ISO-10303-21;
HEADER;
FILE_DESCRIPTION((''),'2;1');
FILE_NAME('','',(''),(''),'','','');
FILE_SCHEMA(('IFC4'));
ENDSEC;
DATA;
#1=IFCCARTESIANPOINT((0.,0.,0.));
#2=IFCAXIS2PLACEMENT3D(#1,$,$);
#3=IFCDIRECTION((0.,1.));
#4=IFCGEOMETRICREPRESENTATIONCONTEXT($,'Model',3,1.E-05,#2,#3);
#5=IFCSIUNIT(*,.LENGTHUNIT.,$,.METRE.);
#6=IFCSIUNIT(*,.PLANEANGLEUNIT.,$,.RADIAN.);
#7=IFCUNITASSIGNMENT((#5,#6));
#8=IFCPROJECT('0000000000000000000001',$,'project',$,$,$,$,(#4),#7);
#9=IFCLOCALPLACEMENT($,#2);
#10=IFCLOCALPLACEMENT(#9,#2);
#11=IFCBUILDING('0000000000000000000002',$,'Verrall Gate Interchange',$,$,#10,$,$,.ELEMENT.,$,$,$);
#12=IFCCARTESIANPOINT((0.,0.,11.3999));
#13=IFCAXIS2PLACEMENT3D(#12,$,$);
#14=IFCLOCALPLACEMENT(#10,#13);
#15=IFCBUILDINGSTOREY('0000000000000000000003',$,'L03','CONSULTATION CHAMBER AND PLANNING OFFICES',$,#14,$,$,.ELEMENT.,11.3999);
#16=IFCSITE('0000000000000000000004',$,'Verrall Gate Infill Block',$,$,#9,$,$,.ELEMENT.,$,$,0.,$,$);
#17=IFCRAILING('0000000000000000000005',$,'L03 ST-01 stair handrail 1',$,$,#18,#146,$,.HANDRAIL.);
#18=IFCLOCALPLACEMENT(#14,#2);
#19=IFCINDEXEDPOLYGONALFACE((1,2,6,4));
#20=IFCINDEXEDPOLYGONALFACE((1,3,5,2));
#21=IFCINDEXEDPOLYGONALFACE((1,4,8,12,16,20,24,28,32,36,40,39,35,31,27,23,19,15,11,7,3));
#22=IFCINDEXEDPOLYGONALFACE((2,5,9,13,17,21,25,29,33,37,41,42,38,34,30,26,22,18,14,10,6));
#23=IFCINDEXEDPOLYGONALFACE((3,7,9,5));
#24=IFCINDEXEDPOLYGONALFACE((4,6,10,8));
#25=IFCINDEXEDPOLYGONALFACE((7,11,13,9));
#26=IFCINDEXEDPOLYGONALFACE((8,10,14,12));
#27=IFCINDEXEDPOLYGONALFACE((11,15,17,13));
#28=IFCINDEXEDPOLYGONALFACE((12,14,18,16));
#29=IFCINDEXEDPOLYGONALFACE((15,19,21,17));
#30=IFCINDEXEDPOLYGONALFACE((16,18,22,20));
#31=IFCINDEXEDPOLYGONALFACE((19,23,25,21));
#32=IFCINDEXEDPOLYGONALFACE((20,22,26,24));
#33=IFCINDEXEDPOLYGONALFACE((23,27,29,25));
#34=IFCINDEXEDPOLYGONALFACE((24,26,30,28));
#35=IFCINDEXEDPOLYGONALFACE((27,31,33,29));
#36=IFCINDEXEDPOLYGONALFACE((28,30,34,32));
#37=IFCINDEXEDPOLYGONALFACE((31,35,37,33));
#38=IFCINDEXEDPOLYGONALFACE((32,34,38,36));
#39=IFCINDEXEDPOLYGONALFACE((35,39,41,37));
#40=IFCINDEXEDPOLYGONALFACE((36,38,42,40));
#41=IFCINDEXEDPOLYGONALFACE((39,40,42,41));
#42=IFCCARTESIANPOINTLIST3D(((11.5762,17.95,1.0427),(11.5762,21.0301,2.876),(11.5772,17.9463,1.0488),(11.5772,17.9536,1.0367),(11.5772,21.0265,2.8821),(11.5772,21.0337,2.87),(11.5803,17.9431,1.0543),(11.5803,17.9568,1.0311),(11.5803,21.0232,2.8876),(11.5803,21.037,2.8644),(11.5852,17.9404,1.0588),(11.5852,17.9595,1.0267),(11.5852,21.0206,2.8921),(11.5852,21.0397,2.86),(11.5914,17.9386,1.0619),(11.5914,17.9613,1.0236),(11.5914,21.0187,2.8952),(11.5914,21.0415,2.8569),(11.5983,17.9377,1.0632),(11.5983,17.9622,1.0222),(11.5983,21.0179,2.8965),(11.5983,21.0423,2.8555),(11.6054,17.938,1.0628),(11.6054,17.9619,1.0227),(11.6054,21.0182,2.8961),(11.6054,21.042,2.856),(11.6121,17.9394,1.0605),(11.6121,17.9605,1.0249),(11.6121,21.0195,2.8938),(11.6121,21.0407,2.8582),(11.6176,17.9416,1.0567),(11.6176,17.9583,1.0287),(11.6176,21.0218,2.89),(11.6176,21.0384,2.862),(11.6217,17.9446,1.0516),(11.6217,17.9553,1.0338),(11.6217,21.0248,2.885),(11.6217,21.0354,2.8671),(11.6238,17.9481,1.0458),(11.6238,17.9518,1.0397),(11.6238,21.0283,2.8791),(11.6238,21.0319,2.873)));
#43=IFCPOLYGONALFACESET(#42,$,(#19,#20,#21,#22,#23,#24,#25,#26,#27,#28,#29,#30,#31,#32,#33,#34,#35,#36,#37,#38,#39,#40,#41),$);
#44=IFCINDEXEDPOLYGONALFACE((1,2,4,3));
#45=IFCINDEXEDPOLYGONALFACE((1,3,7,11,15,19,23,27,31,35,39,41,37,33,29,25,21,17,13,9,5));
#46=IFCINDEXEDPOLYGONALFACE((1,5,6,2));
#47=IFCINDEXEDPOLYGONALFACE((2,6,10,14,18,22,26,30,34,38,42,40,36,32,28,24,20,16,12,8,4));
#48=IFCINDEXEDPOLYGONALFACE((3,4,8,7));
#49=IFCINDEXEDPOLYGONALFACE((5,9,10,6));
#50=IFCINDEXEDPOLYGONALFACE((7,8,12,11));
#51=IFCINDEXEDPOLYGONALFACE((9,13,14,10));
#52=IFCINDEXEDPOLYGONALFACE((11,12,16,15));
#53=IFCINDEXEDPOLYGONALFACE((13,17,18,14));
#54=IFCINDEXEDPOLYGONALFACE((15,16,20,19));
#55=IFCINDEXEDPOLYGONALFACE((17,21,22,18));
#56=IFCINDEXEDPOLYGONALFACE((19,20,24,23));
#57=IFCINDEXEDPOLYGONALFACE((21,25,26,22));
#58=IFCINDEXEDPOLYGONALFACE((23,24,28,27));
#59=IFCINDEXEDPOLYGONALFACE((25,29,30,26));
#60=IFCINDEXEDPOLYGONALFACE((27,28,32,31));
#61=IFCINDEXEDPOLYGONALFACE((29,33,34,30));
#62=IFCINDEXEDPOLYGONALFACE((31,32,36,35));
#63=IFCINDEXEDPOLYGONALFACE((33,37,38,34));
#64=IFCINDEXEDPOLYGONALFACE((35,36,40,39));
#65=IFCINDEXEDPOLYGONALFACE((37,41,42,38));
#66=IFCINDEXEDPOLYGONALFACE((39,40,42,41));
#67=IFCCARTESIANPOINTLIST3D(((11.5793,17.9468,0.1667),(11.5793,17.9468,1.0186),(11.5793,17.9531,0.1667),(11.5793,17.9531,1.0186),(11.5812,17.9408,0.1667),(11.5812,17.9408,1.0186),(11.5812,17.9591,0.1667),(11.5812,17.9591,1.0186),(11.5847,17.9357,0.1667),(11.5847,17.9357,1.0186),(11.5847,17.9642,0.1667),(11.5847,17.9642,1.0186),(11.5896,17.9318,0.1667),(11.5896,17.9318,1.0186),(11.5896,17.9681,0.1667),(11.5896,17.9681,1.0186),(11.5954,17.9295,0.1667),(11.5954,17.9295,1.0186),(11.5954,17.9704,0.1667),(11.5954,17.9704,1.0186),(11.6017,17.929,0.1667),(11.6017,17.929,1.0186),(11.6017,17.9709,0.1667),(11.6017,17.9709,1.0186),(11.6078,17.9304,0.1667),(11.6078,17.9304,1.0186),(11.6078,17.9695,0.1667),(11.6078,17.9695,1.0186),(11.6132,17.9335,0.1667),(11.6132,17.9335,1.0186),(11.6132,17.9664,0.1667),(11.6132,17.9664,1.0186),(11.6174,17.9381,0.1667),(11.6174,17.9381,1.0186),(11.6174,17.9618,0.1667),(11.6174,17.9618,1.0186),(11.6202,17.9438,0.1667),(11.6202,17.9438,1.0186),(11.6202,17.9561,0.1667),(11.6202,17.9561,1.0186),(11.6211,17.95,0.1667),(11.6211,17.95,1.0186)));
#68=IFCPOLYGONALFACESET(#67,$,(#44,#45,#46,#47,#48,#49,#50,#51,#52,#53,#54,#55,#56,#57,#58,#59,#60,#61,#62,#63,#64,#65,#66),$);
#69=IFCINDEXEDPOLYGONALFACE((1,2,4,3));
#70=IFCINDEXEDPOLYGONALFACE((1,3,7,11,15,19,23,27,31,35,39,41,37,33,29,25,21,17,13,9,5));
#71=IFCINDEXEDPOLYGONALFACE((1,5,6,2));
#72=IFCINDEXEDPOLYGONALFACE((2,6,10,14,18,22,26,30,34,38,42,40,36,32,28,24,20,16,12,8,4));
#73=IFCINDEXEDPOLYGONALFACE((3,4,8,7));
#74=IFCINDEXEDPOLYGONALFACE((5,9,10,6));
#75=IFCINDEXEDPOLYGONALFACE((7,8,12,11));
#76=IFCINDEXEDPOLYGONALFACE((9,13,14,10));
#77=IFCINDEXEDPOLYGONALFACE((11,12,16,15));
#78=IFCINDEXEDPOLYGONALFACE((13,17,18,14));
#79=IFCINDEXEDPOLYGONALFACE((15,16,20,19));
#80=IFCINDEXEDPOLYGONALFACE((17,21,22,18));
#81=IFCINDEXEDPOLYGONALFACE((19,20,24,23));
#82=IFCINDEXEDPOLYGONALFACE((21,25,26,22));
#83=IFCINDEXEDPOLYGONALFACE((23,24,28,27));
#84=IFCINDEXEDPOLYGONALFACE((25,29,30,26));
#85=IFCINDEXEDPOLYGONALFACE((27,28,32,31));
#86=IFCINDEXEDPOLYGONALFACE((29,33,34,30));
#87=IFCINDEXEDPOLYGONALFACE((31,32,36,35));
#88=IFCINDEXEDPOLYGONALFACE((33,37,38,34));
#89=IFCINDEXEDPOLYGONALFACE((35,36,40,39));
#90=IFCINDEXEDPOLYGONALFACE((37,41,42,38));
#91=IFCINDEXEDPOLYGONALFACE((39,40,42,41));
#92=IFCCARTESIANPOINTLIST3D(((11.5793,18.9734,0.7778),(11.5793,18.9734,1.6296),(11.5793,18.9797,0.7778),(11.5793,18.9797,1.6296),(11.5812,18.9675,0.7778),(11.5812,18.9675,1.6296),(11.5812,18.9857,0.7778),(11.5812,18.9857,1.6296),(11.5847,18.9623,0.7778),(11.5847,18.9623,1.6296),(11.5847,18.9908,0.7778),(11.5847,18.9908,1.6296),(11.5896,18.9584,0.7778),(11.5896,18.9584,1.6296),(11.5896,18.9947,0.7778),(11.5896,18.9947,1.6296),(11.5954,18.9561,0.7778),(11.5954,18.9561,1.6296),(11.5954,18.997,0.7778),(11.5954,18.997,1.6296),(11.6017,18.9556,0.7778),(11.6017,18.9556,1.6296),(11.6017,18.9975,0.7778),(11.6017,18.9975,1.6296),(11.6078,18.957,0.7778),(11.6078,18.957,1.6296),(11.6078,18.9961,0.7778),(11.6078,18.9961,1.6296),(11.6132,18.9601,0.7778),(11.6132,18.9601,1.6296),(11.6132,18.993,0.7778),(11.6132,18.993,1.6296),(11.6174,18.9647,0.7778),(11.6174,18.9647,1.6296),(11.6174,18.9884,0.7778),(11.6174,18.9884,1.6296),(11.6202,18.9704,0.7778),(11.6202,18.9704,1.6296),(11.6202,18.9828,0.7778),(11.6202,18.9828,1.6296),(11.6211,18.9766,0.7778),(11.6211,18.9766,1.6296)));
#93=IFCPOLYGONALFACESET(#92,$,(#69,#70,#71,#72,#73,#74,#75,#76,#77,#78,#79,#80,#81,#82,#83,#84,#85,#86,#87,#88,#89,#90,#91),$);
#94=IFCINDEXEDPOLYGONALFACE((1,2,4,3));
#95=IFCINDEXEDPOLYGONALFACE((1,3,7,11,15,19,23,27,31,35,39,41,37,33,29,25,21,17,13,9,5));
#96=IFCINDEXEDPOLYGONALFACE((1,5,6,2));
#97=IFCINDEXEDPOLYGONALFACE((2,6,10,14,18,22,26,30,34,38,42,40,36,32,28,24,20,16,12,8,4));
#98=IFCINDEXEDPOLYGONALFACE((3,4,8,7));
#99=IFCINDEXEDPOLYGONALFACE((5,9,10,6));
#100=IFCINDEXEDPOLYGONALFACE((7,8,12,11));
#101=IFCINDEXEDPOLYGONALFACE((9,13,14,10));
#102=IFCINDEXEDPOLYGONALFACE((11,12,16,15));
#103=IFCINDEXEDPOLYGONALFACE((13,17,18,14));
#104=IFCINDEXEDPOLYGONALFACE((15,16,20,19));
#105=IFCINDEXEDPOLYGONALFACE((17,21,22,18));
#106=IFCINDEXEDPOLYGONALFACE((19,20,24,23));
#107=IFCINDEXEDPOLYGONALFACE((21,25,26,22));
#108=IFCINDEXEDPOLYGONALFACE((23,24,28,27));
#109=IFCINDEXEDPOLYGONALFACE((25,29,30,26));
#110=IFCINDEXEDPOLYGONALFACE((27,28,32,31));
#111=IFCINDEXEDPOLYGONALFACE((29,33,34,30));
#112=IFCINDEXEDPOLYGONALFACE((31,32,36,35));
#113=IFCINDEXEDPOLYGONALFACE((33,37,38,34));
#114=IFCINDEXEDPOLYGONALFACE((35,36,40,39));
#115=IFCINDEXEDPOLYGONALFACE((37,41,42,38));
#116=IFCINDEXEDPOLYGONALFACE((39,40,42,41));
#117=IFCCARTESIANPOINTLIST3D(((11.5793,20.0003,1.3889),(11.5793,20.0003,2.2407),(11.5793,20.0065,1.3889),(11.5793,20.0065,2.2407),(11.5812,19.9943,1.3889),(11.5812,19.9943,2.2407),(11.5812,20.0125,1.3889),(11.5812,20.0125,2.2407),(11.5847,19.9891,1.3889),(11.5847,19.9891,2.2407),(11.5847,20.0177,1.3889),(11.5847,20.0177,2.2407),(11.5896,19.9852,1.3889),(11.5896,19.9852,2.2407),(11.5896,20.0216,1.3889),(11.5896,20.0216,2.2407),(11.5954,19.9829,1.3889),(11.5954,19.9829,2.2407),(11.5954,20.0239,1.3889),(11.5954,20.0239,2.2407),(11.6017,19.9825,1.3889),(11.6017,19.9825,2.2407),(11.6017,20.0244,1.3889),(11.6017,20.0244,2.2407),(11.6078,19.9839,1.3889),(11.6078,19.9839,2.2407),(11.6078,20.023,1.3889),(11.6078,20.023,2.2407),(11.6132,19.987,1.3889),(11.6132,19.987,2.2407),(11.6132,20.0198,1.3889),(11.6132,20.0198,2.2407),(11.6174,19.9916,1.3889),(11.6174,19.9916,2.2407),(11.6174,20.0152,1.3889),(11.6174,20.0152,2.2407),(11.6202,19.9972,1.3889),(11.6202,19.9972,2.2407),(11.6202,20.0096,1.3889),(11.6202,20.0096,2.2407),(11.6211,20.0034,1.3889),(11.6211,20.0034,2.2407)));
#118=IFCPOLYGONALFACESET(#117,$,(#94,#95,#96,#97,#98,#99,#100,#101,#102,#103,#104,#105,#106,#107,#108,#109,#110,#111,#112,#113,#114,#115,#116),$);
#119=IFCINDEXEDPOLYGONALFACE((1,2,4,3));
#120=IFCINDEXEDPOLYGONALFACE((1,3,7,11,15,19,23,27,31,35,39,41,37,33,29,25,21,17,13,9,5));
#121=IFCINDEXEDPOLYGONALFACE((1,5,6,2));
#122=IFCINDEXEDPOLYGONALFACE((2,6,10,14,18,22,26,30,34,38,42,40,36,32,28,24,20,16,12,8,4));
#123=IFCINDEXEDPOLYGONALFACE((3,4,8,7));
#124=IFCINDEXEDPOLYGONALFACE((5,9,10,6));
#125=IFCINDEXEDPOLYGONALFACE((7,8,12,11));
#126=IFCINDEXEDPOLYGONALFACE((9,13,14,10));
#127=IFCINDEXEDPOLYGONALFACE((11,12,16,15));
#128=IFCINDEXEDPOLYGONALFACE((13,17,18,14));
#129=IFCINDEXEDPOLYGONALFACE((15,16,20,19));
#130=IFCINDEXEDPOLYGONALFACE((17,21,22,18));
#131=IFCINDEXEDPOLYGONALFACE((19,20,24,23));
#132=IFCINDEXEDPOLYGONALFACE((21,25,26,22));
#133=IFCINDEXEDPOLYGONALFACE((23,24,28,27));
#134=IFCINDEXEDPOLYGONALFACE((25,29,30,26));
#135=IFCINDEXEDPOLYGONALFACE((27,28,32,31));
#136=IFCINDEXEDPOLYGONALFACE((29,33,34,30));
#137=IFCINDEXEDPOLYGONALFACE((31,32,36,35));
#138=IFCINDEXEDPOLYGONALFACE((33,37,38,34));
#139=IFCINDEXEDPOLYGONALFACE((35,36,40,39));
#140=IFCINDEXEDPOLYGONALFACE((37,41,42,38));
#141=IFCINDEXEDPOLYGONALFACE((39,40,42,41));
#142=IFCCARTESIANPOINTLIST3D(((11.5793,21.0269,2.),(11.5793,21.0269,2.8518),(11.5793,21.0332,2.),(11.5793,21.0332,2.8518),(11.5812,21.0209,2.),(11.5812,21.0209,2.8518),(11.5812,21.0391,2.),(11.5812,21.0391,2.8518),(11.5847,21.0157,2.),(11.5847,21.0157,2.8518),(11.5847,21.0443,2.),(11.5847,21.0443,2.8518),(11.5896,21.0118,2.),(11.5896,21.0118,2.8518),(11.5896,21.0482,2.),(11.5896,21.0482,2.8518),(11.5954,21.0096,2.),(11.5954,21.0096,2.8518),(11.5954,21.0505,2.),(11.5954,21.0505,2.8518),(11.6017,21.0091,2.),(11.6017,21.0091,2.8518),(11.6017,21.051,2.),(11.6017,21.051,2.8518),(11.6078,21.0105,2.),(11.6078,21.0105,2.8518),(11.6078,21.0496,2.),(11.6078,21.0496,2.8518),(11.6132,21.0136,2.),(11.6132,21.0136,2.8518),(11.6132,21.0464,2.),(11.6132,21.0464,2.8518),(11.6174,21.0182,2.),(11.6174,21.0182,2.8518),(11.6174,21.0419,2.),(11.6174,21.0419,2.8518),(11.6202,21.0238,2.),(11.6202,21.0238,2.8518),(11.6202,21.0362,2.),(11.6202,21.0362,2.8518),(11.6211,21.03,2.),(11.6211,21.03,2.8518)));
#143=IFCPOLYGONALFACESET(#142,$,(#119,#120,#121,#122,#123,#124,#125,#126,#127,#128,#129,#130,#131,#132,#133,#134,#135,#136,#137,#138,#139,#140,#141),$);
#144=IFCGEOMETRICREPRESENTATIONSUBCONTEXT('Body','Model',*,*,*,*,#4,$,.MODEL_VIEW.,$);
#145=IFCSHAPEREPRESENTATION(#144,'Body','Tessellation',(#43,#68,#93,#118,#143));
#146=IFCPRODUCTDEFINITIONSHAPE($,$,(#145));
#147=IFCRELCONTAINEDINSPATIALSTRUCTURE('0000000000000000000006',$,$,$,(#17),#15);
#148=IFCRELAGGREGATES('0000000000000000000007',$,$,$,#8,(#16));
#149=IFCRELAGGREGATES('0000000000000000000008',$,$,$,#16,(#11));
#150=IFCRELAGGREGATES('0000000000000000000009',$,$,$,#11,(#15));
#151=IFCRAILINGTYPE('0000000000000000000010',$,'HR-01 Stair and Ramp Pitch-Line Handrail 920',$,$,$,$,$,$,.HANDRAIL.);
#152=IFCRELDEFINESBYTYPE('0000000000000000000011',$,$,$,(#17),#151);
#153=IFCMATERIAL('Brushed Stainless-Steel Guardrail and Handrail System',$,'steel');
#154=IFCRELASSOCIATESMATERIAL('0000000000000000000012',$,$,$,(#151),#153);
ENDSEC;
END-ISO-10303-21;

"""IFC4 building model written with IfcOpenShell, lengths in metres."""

from ifc_helpers import new_model, si_unit, direction, frame, origin, origin_2d, place, context, subcontext, project, spatial, circle, extrude, material, type_object, element, save


model = new_model("IFC4")

# Units and contexts
model_context = context("Model", 3, precision=1e-05, world=origin(), true_north=direction((0.0, 1.0)))
body_context = subcontext(model_context, "Body", "Model", "MODEL_VIEW")
ifc_project = project(units=[si_unit("LENGTHUNIT", "METRE"), si_unit("PLANEANGLEUNIT", "RADIAN")], contexts=[model_context])

# Site, building, storey
site_placement = place(None, origin())
site = spatial("IfcSite", under=ifc_project, at=site_placement, Name="Verrall Gate Infill Block", CompositionType="ELEMENT", RefElevation=0.0)
building_placement = place(site_placement, origin())
building = spatial("IfcBuilding", under=site, at=building_placement, Name="Verrall Gate Interchange", CompositionType="ELEMENT")
storey_placement = place(building_placement, frame((0.0, 0.0, 11.3999)))
storey = spatial("IfcBuildingStorey", under=building, at=storey_placement, Name="L03", Description="CONSULTATION CHAMBER AND PLANNING OFFICES", CompositionType="ELEMENT", Elevation=11.3999)

# Railing
ifc_material_1 = material(Name="Brushed Stainless-Steel Guardrail and Handrail System", Category="steel")
railing_type_1 = type_object("IfcRailingType", Name="HR-01 Stair and Ramp Pitch-Line Handrail 920", PredefinedType="HANDRAIL", material=ifc_material_1)
railing_1_placement = place(storey_placement, frame((11.6001, 17.95, 0.1667)))
element("IfcRailing", 1, at=railing_1_placement, inside=storey, type_object=railing_type_1, Name="L03 ST-01 stair handrail 1", PredefinedType="HANDRAIL", context=body_context, shape_type="SweptSolid", body=[
    extrude(circle(Radius=0.0239, at=origin_2d()), frame((0.0, 0.0, 0.876), z_axis=(0.0, 0.859309, 0.511458), x_axis=(-1.0, 0.0, 0.0)), (0.0, 0.0, 1.0), 3.5845),
    extrude(circle(Radius=0.021, at=origin_2d()), origin(), (0.0, 0.0, 1.0), 0.8518),
    extrude(circle(Radius=0.021, at=origin_2d()), frame((0.0, 1.0266, 0.6111)), (0.0, 0.0, 1.0), 0.8518),
    extrude(circle(Radius=0.021, at=origin_2d()), frame((0.0, 2.0535, 1.2222)), (0.0, 0.0, 1.0), 0.8518),
    extrude(circle(Radius=0.021, at=origin_2d()), frame((0.0, 3.0801, 1.8333)), (0.0, 0.0, 1.0), 0.8518),
])

save(model, "model.ifc")
